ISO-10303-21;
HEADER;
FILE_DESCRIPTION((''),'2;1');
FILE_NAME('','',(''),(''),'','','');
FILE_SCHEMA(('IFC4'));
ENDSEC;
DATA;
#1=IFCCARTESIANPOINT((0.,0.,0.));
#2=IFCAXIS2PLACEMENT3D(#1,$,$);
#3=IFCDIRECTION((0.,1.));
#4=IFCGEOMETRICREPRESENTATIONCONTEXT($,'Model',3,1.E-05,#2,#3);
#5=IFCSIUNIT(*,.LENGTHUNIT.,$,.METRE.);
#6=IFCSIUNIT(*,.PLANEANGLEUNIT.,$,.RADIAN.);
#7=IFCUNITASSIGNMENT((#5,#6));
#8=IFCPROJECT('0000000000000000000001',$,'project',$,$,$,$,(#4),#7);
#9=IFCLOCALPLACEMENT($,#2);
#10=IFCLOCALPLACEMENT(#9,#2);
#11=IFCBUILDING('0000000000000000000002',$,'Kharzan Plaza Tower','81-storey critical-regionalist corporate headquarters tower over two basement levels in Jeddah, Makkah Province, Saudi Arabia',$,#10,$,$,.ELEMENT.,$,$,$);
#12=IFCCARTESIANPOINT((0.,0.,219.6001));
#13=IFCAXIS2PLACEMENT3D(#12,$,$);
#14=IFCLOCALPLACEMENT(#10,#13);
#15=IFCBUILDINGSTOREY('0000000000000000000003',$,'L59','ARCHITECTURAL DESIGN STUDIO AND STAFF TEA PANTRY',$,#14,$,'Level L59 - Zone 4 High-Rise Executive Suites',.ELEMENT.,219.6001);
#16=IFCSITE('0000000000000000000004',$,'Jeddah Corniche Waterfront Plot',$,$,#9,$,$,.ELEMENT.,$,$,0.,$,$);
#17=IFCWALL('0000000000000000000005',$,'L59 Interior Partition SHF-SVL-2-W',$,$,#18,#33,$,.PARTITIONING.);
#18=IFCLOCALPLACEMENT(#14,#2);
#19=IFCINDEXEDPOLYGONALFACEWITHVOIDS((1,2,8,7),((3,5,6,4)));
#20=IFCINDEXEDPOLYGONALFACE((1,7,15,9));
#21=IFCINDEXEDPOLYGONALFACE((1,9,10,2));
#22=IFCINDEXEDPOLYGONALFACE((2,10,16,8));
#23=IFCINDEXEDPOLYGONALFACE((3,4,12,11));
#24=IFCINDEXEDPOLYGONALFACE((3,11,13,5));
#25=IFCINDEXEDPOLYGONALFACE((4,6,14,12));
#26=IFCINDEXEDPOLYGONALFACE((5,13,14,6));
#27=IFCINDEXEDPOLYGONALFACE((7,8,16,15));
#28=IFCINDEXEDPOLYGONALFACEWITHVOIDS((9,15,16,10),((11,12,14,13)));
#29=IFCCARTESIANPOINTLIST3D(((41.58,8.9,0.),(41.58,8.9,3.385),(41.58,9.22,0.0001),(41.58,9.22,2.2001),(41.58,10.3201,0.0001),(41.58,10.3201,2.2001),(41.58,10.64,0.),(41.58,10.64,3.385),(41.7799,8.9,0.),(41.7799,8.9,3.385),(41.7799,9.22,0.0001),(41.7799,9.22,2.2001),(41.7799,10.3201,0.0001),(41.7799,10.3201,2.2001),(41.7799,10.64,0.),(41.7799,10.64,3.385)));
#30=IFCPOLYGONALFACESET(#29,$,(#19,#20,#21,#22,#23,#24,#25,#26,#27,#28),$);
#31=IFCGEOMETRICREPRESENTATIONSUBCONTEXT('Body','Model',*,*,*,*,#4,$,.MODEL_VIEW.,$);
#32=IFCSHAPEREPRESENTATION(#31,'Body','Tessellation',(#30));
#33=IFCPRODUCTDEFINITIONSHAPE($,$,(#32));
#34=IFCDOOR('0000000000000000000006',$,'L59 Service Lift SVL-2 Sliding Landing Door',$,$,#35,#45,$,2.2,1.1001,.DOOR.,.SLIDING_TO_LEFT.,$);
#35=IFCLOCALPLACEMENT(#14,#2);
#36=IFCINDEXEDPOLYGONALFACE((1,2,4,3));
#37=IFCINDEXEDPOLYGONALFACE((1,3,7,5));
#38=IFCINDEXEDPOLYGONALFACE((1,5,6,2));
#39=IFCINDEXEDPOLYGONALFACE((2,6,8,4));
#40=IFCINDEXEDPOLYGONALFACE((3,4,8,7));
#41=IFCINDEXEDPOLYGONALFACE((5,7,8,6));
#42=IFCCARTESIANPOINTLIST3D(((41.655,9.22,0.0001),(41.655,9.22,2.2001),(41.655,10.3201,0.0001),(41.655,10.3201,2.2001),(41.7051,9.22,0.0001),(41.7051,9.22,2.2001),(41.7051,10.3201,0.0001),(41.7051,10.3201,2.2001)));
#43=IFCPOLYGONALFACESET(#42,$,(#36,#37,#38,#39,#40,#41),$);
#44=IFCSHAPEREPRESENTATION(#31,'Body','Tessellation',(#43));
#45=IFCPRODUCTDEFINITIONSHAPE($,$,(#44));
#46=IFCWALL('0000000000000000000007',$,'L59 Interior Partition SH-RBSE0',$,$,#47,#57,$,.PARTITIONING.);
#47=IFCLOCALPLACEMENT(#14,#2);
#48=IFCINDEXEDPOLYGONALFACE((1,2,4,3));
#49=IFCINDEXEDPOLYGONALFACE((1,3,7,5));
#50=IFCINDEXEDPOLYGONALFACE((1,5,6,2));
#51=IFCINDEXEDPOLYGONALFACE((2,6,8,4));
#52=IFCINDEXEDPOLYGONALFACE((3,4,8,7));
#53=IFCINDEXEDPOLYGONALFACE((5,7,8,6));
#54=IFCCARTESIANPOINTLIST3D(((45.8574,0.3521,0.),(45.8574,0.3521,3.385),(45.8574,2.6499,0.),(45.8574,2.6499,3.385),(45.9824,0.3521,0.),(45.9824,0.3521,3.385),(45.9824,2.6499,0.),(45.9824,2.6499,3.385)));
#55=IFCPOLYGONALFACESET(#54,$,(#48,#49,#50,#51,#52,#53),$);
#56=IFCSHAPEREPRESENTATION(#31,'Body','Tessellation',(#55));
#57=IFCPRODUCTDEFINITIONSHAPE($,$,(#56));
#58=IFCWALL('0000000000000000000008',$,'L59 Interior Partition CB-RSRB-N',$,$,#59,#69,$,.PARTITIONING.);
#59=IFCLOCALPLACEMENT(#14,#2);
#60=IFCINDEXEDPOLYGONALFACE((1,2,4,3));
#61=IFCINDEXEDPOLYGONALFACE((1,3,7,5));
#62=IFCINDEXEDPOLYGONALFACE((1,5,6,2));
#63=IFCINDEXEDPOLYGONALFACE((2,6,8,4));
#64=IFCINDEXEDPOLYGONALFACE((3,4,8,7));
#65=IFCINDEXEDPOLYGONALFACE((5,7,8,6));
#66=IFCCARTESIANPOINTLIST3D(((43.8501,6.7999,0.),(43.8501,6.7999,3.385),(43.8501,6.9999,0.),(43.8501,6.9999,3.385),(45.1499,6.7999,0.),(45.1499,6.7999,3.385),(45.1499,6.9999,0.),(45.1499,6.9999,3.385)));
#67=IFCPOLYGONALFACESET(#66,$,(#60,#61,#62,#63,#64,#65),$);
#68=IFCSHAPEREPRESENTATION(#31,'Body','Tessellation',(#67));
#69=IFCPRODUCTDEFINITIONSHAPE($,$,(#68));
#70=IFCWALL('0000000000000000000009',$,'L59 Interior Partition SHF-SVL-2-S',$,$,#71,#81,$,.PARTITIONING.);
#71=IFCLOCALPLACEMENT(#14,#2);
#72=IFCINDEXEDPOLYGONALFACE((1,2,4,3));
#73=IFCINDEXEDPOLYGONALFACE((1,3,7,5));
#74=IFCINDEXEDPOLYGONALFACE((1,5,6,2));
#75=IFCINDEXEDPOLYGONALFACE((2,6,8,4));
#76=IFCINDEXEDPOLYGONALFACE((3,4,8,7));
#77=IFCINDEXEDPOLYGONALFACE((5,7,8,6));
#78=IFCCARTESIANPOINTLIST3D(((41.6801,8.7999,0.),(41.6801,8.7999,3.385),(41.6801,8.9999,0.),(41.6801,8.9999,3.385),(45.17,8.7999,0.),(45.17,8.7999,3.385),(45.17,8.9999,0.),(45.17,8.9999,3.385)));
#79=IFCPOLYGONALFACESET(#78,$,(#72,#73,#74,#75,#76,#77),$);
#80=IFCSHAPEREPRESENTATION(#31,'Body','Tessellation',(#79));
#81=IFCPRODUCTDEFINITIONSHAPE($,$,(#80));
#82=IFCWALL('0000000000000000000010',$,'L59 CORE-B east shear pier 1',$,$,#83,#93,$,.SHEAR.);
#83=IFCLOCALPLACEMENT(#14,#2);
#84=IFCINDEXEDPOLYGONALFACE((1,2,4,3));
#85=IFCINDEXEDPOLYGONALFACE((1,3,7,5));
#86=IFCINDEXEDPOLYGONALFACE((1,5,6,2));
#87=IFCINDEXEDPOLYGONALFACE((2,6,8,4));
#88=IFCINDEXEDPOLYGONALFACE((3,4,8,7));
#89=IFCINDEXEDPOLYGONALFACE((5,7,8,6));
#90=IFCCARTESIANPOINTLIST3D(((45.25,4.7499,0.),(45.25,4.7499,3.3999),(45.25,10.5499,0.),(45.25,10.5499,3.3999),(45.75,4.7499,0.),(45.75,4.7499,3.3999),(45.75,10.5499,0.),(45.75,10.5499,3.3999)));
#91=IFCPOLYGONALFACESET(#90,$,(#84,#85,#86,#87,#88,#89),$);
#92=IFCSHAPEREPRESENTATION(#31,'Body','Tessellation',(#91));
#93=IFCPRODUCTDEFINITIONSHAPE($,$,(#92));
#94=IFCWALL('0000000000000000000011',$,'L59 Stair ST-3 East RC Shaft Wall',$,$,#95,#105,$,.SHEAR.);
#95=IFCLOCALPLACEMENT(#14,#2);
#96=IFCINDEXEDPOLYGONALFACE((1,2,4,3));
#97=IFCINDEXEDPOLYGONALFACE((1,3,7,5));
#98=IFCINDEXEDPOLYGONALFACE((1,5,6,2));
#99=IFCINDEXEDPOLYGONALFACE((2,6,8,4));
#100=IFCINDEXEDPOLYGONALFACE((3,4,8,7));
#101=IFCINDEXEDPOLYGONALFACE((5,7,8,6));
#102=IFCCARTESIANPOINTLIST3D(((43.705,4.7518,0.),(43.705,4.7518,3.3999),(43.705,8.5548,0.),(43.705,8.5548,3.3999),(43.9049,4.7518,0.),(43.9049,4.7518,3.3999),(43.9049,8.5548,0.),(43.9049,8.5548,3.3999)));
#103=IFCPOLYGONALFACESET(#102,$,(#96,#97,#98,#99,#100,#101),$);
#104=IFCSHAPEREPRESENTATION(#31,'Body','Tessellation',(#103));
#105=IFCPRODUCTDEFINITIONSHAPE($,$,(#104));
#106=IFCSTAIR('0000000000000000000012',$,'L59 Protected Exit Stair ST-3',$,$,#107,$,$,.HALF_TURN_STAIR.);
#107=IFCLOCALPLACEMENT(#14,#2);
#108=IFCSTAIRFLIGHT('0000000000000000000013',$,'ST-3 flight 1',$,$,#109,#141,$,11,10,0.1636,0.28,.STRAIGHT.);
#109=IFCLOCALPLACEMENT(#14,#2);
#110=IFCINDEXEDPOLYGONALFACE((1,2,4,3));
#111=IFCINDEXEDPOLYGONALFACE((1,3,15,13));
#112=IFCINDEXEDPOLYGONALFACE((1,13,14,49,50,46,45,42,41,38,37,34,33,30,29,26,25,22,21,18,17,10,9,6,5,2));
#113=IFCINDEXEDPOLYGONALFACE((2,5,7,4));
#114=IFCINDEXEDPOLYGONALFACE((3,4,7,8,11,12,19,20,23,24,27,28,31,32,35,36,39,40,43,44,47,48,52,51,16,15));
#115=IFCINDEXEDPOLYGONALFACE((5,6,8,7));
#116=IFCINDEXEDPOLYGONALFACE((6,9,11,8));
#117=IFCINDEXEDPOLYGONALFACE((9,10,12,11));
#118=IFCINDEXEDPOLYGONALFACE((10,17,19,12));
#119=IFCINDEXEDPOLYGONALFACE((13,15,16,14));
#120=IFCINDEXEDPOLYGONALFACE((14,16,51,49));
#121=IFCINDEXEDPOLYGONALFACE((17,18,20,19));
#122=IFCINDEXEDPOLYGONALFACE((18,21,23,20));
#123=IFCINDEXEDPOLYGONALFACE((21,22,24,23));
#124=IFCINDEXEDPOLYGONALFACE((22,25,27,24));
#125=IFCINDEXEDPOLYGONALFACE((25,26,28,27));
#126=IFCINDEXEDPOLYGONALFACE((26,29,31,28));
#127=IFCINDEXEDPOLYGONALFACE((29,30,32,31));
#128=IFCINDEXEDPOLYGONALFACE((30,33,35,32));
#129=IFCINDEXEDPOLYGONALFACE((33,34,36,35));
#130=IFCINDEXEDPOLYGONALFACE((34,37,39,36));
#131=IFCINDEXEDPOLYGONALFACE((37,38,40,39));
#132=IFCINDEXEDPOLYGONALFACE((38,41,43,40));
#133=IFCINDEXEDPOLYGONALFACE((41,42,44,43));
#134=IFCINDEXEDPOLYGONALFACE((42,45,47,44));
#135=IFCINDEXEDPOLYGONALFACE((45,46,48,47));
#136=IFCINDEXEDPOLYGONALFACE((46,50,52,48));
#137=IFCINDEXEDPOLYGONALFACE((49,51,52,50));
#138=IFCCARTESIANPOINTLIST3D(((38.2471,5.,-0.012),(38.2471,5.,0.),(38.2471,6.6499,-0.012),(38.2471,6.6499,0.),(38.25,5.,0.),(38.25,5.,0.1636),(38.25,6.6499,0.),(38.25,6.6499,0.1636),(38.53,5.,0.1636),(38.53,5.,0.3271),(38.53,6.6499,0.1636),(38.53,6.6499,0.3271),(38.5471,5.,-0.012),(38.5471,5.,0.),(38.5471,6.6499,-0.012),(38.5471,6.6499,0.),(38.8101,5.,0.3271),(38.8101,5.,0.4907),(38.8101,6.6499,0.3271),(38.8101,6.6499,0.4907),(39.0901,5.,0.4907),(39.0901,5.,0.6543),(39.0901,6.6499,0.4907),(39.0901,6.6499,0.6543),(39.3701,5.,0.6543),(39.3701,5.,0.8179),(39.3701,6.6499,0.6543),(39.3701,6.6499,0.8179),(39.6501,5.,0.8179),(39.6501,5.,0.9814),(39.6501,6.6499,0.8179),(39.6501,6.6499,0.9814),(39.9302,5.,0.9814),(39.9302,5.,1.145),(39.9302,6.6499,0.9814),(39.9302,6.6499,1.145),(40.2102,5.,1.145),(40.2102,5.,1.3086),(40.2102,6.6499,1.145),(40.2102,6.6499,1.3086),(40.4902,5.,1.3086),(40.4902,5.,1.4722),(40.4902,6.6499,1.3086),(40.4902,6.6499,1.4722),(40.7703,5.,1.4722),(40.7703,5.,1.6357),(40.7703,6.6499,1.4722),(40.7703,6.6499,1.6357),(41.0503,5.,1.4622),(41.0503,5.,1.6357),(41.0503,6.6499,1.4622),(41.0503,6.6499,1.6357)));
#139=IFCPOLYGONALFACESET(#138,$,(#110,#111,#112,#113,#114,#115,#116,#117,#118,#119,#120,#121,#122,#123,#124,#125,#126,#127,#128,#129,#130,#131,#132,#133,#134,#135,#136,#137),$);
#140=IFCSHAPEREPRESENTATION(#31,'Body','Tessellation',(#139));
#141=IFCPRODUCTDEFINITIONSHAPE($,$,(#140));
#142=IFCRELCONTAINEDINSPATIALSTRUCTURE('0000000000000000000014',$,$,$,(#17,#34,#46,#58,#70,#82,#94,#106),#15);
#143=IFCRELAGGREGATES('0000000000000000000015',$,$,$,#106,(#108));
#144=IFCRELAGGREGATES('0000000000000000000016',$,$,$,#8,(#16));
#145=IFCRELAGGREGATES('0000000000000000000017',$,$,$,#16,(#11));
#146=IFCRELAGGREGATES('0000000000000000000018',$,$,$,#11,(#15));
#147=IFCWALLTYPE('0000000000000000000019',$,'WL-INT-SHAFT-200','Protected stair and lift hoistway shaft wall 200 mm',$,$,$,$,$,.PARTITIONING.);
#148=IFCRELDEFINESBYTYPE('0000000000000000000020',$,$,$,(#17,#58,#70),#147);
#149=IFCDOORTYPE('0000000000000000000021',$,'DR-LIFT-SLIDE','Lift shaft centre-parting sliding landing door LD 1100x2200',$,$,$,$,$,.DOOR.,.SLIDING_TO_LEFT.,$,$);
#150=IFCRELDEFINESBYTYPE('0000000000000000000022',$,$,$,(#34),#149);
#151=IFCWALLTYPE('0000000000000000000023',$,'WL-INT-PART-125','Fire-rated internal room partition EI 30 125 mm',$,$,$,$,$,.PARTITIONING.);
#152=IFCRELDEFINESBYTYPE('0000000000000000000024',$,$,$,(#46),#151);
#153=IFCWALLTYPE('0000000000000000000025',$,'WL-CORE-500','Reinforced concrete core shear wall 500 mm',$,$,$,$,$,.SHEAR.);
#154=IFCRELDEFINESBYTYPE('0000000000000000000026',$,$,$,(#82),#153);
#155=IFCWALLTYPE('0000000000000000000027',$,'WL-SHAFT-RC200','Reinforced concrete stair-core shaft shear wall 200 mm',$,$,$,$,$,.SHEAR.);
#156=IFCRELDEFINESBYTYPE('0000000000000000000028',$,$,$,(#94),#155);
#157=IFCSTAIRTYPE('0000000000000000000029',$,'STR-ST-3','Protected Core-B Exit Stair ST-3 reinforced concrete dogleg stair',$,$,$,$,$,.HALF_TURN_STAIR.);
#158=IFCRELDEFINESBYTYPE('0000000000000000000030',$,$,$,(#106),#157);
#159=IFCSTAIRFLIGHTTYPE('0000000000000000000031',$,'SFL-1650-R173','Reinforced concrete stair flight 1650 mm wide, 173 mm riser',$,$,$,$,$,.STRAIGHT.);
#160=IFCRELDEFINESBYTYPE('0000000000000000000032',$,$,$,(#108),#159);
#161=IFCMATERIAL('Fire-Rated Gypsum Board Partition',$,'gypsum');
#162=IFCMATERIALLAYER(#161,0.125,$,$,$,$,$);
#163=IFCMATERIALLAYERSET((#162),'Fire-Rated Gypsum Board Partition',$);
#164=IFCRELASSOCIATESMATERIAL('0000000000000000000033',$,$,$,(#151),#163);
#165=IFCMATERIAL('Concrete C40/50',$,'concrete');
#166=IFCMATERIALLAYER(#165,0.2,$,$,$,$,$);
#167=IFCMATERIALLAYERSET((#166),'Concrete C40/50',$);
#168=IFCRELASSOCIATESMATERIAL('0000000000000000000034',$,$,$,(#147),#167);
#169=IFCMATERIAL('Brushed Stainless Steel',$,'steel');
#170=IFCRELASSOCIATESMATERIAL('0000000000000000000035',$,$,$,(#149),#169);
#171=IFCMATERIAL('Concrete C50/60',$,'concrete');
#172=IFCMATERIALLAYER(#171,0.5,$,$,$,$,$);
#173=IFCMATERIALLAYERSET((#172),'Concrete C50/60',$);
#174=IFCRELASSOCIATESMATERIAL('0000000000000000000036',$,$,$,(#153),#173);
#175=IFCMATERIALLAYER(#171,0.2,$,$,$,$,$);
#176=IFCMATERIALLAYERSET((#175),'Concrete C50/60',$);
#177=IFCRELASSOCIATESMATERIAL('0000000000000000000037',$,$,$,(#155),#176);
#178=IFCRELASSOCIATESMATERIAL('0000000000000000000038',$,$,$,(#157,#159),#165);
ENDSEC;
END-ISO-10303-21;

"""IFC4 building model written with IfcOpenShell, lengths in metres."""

from ifc_helpers import new_model, si_unit, direction, frame, frame_2d, origin, place, context, subcontext, project, spatial, polyline, rectangle, outline, extrude, source, transform, mapped, material, layer, layer_set, type_object, element, fill, aggregate, save


model = new_model("IFC4")

# Units and contexts
model_context = context("Model", 3, precision=1e-05, world=origin(), true_north=direction((0.0, 1.0)))
body_context = subcontext(model_context, "Body", "Model", "MODEL_VIEW")
ifc_project = project(units=[si_unit("LENGTHUNIT", "METRE"), si_unit("PLANEANGLEUNIT", "RADIAN")], contexts=[model_context])

# Site, building, storey
site_placement = place(None, origin())
site = spatial("IfcSite", under=ifc_project, at=site_placement, Name="Jeddah Corniche Waterfront Plot", CompositionType="ELEMENT", RefElevation=0.0)
building_placement = place(site_placement, origin())
building = spatial("IfcBuilding", under=site, at=building_placement, Name="Kharzan Plaza Tower", Description="81-storey critical-regionalist corporate headquarters tower over two basement levels in Jeddah, Makkah Province, Saudi Arabia", CompositionType="ELEMENT")
storey_placement = place(building_placement, frame((0.0, 0.0, 219.6001)))
storey = spatial("IfcBuildingStorey", under=building, at=storey_placement, Name="L59", Description="ARCHITECTURAL DESIGN STUDIO AND STAFF TEA PANTRY", LongName="Level L59 - Zone 4 High-Rise Executive Suites", CompositionType="ELEMENT", Elevation=219.6001)

# Shared definitions
ifc_material_1 = material(Name="Concrete C50/60", Category="concrete")

# Shared definitions
ifc_material_2 = material(Name="Concrete C40/50", Category="concrete")

# Wall, opening, door
ifc_material_3 = material(Name="Fire-Rated Gypsum Board Partition", Category="gypsum")
ifc_layer_1 = layer(ifc_material_3, 0.125)
ifc_layer_set_1 = layer_set([ifc_layer_1], Name="Fire-Rated Gypsum Board Partition")
wall_type_1 = type_object("IfcWallType", Name="WL-INT-PART-125", Description="Fire-rated internal room partition EI 30 125 mm", PredefinedType="PARTITIONING", material=ifc_layer_set_1)
ifc_layer_2 = layer(ifc_material_2, 0.2)
ifc_layer_set_2 = layer_set([ifc_layer_2], Name="Concrete C40/50")
wall_type_2 = type_object("IfcWallType", Name="WL-INT-SHAFT-200", Description="Protected stair and lift hoistway shaft wall 200 mm", PredefinedType="PARTITIONING", material=ifc_layer_set_2)
wall_1_placement = place(storey_placement, frame((41.6799, 8.8999, 0.0), z_axis=(0.0, 0.0, 1.0), x_axis=(0.0, 1.0, 0.0)))
wall_1 = element("IfcWall", 1, at=wall_1_placement, inside=storey, type_object=wall_type_2, Name="L59 Interior Partition SHF-SVL-2-W", PredefinedType="PARTITIONING", context=body_context, shape_type="SweptSolid", body=[
    extrude(rectangle(XDim=1.74, YDim=0.2, at=frame_2d((0.8701, 0.0))), origin(), (0.0, 0.0, 1.0), 3.385),
])
opening_1_placement = place(wall_1_placement, frame((0.3201, 0.0, 0.0)))
opening_1 = element("IfcOpeningElement", 2, at=opening_1_placement, cuts=wall_1, PredefinedType="OPENING", context=body_context, shape_type="SweptSolid", body=[
    extrude(rectangle(XDim=1.1001, YDim=2.2, at=frame_2d((0.55, 1.1001))), frame((0.0, 0.1099, 0.0), z_axis=(0.0, -1.0, 0.0), x_axis=(1.0, 0.0, 0.0)), (0.0, 0.0, 1.0), 0.22),
])
ifc_material_4 = material(Name="Brushed Stainless Steel", Category="steel")
door_type_1 = type_object("IfcDoorType", Name="DR-LIFT-SLIDE", Description="Lift shaft centre-parting sliding landing door LD 1100x2200", OperationType="SLIDING_TO_LEFT", PredefinedType="DOOR", material=ifc_material_4)
shared_shape_1 = source(origin(), body_context, "Body", "SweptSolid", [
    extrude(rectangle(XDim=1.1001, YDim=2.2, at=frame_2d((0.55, 1.1001))), frame((0.0, 0.0249, 0.0), z_axis=(0.0, -1.0, 0.0), x_axis=(1.0, 0.0, 0.0)), (0.0, 0.0, 1.0), 0.05),
])
door_1_placement = place(opening_1_placement, origin())
door_1 = element("IfcDoor", 3, at=door_1_placement, inside=storey, type_object=door_type_1, Name="L59 Service Lift SVL-2 Sliding Landing Door", OperationType="SLIDING_TO_LEFT", OverallHeight=2.2, OverallWidth=1.1001, PredefinedType="DOOR", context=body_context, shape_type="MappedRepresentation", body=[
    mapped(shared_shape_1, transform((0.0, 0.0, 0.0), x_axis=(1.0, 0.0, 0.0), y_axis=(0.0, 1.0, 0.0), z_axis=(0.0, 0.0, 1.0))),
])
fill(opening_1, door_1)

# Walls
shared_shape_2 = source(origin(), body_context, "Body", "SweptSolid", [
    extrude(rectangle(XDim=2.2979, YDim=0.125, at=frame_2d((1.1489, 0.0))), origin(), (0.0, 0.0, 1.0), 3.385),
])
wall_2_placement = place(storey_placement, frame((45.9199, 0.3521, 0.0), z_axis=(0.0, 0.0, 1.0), x_axis=(0.0, 1.0, 0.0)))
element("IfcWall", 4, at=wall_2_placement, inside=storey, type_object=wall_type_1, Name="L59 Interior Partition SH-RBSE0", PredefinedType="PARTITIONING", context=body_context, shape_type="MappedRepresentation", body=[
    mapped(shared_shape_2, transform((0.0, 0.0, 0.0), x_axis=(1.0, 0.0, 0.0), y_axis=(0.0, 1.0, 0.0), z_axis=(0.0, 0.0, 1.0))),
])
shared_shape_3 = source(origin(), body_context, "Body", "SweptSolid", [
    extrude(rectangle(XDim=1.2998, YDim=0.2, at=frame_2d((0.6499, 0.0))), origin(), (0.0, 0.0, 1.0), 3.385),
])
wall_3_placement = place(storey_placement, frame((43.8501, 6.8999, 0.0), z_axis=(0.0, 0.0, 1.0), x_axis=(1.0, 0.0, 0.0)))
element("IfcWall", 5, at=wall_3_placement, inside=storey, type_object=wall_type_2, Name="L59 Interior Partition CB-RSRB-N", PredefinedType="PARTITIONING", context=body_context, shape_type="MappedRepresentation", body=[
    mapped(shared_shape_3, transform((0.0, 0.0, 0.0), x_axis=(1.0, 0.0, 0.0), y_axis=(0.0, 1.0, 0.0), z_axis=(0.0, 0.0, 1.0))),
])
shared_shape_4 = source(origin(), body_context, "Body", "SweptSolid", [
    extrude(rectangle(XDim=3.49, YDim=0.2, at=frame_2d((1.7451, 0.0))), origin(), (0.0, 0.0, 1.0), 3.385),
])
wall_4_placement = place(storey_placement, frame((41.6799, 8.8999, 0.0), z_axis=(0.0, 0.0, 1.0), x_axis=(1.0, 0.0, 0.0)))
element("IfcWall", 6, at=wall_4_placement, inside=storey, type_object=wall_type_2, Name="L59 Interior Partition SHF-SVL-2-S", PredefinedType="PARTITIONING", context=body_context, shape_type="MappedRepresentation", body=[
    mapped(shared_shape_4, transform((0.0, 0.0, 0.0), x_axis=(1.0, 0.0, 0.0), y_axis=(0.0, 1.0, 0.0), z_axis=(0.0, 0.0, 1.0))),
])
ifc_layer_3 = layer(ifc_material_1, 0.5)
ifc_layer_set_3 = layer_set([ifc_layer_3], Name="Concrete C50/60")
wall_type_3 = type_object("IfcWallType", Name="WL-CORE-500", Description="Reinforced concrete core shear wall 500 mm", PredefinedType="SHEAR", material=ifc_layer_set_3)
shared_shape_5 = source(origin(), body_context, "Body", "SweptSolid", [
    extrude(rectangle(XDim=5.8, YDim=0.5, at=frame_2d((2.8999, 0.0))), origin(), (0.0, 0.0, 1.0), 3.3999),
])
wall_5_placement = place(storey_placement, frame((45.5, 4.75, 0.0), z_axis=(0.0, 0.0, 1.0), x_axis=(0.0, 1.0, 0.0)))
element("IfcWall", 7, at=wall_5_placement, inside=storey, type_object=wall_type_3, Name="L59 CORE-B east shear pier 1", PredefinedType="SHEAR", context=body_context, shape_type="MappedRepresentation", body=[
    mapped(shared_shape_5, transform((0.0, 0.0, 0.0), x_axis=(1.0, 0.0, 0.0), y_axis=(0.0, 1.0, 0.0), z_axis=(0.0, 0.0, 1.0))),
])
ifc_layer_4 = layer(ifc_material_1, 0.2)
ifc_layer_set_4 = layer_set([ifc_layer_4], Name="Concrete C50/60")
wall_type_4 = type_object("IfcWallType", Name="WL-SHAFT-RC200", Description="Reinforced concrete stair-core shaft shear wall 200 mm", PredefinedType="SHEAR", material=ifc_layer_set_4)
shared_shape_6 = source(origin(), body_context, "Body", "SweptSolid", [
    extrude(rectangle(XDim=3.803, YDim=0.2, at=frame_2d((1.9014, 0.0))), origin(), (0.0, 0.0, 1.0), 3.3999),
])
wall_6_placement = place(storey_placement, frame((43.8049, 4.752, 0.0), z_axis=(0.0, 0.0, 1.0), x_axis=(0.0, 1.0, 0.0)))
element("IfcWall", 8, at=wall_6_placement, inside=storey, type_object=wall_type_4, Name="L59 Stair ST-3 East RC Shaft Wall", PredefinedType="SHEAR", context=body_context, shape_type="MappedRepresentation", body=[
    mapped(shared_shape_6, transform((0.0, 0.0, 0.0), x_axis=(1.0, 0.0, 0.0), y_axis=(0.0, 1.0, 0.0), z_axis=(0.0, 0.0, 1.0))),
])

# Stair, stair flight
stair_type = type_object("IfcStairType", Name="STR-ST-3", Description="Protected Core-B Exit Stair ST-3 reinforced concrete dogleg stair", PredefinedType="HALF_TURN_STAIR", material=ifc_material_2)
stair_placement = place(storey_placement, origin())
stair = element("IfcStair", 9, at=stair_placement, inside=storey, type_object=stair_type, Name="L59 Protected Exit Stair ST-3", PredefinedType="HALF_TURN_STAIR")
stair_flight_type = type_object("IfcStairFlightType", Name="SFL-1650-R173", Description="Reinforced concrete stair flight 1650 mm wide, 173 mm riser", PredefinedType="STRAIGHT", material=ifc_material_2)
shared_shape_7 = source(origin(), body_context, "Body", "SweptSolid", [
    extrude(outline(polyline([(-0.0029, -0.012), (-0.0029, 0.0), (0.0, 0.0), (0.0, 0.1636), (0.28, 0.1636), (0.28, 0.3271), (0.5601, 0.3271), (0.5601, 0.4907), (0.8401, 0.4907), (0.8401, 0.6543), (1.1201, 0.6543), (1.1201, 0.8179), (1.4001, 0.8179), (1.4001, 0.9814), (1.6802, 0.9814), (1.6802, 1.145), (1.9602, 1.145), (1.9602, 1.3086), (2.2402, 1.3086), (2.2402, 1.4722), (2.5203, 1.4722), (2.5203, 1.6357), (2.8003, 1.6357), (2.8003, 1.7993), (2.8003, 1.4622), (0.2971, 0.0), (0.2971, -0.012), (-0.0029, -0.012)])), frame((0.0, 0.825, 0.0), z_axis=(0.0, -1.0, 0.0), x_axis=(1.0, 0.0, 0.0)), (0.0, 0.0, 1.0), 1.6499),
])
stair_flight_1_placement = place(storey_placement, frame((38.25, 5.825, 0.0), z_axis=(0.0, 0.0, 1.0), x_axis=(1.0, 0.0, 0.0)))
stair_flight_1 = element("IfcStairFlight", 10, at=stair_flight_1_placement, type_object=stair_flight_type, Name="ST-3 flight 1", NumberOfRisers=11, NumberOfTreads=10, PredefinedType="STRAIGHT", RiserHeight=0.1636, TreadLength=0.28, context=body_context, shape_type="MappedRepresentation", body=[
    mapped(shared_shape_7, transform((0.0, 0.0, 0.0), x_axis=(1.0, 0.0, 0.0), y_axis=(0.0, 1.0, 0.0), z_axis=(0.0, 0.0, 1.0))),
])
aggregate(stair, [stair_flight_1])

save(model, "model.ifc")
